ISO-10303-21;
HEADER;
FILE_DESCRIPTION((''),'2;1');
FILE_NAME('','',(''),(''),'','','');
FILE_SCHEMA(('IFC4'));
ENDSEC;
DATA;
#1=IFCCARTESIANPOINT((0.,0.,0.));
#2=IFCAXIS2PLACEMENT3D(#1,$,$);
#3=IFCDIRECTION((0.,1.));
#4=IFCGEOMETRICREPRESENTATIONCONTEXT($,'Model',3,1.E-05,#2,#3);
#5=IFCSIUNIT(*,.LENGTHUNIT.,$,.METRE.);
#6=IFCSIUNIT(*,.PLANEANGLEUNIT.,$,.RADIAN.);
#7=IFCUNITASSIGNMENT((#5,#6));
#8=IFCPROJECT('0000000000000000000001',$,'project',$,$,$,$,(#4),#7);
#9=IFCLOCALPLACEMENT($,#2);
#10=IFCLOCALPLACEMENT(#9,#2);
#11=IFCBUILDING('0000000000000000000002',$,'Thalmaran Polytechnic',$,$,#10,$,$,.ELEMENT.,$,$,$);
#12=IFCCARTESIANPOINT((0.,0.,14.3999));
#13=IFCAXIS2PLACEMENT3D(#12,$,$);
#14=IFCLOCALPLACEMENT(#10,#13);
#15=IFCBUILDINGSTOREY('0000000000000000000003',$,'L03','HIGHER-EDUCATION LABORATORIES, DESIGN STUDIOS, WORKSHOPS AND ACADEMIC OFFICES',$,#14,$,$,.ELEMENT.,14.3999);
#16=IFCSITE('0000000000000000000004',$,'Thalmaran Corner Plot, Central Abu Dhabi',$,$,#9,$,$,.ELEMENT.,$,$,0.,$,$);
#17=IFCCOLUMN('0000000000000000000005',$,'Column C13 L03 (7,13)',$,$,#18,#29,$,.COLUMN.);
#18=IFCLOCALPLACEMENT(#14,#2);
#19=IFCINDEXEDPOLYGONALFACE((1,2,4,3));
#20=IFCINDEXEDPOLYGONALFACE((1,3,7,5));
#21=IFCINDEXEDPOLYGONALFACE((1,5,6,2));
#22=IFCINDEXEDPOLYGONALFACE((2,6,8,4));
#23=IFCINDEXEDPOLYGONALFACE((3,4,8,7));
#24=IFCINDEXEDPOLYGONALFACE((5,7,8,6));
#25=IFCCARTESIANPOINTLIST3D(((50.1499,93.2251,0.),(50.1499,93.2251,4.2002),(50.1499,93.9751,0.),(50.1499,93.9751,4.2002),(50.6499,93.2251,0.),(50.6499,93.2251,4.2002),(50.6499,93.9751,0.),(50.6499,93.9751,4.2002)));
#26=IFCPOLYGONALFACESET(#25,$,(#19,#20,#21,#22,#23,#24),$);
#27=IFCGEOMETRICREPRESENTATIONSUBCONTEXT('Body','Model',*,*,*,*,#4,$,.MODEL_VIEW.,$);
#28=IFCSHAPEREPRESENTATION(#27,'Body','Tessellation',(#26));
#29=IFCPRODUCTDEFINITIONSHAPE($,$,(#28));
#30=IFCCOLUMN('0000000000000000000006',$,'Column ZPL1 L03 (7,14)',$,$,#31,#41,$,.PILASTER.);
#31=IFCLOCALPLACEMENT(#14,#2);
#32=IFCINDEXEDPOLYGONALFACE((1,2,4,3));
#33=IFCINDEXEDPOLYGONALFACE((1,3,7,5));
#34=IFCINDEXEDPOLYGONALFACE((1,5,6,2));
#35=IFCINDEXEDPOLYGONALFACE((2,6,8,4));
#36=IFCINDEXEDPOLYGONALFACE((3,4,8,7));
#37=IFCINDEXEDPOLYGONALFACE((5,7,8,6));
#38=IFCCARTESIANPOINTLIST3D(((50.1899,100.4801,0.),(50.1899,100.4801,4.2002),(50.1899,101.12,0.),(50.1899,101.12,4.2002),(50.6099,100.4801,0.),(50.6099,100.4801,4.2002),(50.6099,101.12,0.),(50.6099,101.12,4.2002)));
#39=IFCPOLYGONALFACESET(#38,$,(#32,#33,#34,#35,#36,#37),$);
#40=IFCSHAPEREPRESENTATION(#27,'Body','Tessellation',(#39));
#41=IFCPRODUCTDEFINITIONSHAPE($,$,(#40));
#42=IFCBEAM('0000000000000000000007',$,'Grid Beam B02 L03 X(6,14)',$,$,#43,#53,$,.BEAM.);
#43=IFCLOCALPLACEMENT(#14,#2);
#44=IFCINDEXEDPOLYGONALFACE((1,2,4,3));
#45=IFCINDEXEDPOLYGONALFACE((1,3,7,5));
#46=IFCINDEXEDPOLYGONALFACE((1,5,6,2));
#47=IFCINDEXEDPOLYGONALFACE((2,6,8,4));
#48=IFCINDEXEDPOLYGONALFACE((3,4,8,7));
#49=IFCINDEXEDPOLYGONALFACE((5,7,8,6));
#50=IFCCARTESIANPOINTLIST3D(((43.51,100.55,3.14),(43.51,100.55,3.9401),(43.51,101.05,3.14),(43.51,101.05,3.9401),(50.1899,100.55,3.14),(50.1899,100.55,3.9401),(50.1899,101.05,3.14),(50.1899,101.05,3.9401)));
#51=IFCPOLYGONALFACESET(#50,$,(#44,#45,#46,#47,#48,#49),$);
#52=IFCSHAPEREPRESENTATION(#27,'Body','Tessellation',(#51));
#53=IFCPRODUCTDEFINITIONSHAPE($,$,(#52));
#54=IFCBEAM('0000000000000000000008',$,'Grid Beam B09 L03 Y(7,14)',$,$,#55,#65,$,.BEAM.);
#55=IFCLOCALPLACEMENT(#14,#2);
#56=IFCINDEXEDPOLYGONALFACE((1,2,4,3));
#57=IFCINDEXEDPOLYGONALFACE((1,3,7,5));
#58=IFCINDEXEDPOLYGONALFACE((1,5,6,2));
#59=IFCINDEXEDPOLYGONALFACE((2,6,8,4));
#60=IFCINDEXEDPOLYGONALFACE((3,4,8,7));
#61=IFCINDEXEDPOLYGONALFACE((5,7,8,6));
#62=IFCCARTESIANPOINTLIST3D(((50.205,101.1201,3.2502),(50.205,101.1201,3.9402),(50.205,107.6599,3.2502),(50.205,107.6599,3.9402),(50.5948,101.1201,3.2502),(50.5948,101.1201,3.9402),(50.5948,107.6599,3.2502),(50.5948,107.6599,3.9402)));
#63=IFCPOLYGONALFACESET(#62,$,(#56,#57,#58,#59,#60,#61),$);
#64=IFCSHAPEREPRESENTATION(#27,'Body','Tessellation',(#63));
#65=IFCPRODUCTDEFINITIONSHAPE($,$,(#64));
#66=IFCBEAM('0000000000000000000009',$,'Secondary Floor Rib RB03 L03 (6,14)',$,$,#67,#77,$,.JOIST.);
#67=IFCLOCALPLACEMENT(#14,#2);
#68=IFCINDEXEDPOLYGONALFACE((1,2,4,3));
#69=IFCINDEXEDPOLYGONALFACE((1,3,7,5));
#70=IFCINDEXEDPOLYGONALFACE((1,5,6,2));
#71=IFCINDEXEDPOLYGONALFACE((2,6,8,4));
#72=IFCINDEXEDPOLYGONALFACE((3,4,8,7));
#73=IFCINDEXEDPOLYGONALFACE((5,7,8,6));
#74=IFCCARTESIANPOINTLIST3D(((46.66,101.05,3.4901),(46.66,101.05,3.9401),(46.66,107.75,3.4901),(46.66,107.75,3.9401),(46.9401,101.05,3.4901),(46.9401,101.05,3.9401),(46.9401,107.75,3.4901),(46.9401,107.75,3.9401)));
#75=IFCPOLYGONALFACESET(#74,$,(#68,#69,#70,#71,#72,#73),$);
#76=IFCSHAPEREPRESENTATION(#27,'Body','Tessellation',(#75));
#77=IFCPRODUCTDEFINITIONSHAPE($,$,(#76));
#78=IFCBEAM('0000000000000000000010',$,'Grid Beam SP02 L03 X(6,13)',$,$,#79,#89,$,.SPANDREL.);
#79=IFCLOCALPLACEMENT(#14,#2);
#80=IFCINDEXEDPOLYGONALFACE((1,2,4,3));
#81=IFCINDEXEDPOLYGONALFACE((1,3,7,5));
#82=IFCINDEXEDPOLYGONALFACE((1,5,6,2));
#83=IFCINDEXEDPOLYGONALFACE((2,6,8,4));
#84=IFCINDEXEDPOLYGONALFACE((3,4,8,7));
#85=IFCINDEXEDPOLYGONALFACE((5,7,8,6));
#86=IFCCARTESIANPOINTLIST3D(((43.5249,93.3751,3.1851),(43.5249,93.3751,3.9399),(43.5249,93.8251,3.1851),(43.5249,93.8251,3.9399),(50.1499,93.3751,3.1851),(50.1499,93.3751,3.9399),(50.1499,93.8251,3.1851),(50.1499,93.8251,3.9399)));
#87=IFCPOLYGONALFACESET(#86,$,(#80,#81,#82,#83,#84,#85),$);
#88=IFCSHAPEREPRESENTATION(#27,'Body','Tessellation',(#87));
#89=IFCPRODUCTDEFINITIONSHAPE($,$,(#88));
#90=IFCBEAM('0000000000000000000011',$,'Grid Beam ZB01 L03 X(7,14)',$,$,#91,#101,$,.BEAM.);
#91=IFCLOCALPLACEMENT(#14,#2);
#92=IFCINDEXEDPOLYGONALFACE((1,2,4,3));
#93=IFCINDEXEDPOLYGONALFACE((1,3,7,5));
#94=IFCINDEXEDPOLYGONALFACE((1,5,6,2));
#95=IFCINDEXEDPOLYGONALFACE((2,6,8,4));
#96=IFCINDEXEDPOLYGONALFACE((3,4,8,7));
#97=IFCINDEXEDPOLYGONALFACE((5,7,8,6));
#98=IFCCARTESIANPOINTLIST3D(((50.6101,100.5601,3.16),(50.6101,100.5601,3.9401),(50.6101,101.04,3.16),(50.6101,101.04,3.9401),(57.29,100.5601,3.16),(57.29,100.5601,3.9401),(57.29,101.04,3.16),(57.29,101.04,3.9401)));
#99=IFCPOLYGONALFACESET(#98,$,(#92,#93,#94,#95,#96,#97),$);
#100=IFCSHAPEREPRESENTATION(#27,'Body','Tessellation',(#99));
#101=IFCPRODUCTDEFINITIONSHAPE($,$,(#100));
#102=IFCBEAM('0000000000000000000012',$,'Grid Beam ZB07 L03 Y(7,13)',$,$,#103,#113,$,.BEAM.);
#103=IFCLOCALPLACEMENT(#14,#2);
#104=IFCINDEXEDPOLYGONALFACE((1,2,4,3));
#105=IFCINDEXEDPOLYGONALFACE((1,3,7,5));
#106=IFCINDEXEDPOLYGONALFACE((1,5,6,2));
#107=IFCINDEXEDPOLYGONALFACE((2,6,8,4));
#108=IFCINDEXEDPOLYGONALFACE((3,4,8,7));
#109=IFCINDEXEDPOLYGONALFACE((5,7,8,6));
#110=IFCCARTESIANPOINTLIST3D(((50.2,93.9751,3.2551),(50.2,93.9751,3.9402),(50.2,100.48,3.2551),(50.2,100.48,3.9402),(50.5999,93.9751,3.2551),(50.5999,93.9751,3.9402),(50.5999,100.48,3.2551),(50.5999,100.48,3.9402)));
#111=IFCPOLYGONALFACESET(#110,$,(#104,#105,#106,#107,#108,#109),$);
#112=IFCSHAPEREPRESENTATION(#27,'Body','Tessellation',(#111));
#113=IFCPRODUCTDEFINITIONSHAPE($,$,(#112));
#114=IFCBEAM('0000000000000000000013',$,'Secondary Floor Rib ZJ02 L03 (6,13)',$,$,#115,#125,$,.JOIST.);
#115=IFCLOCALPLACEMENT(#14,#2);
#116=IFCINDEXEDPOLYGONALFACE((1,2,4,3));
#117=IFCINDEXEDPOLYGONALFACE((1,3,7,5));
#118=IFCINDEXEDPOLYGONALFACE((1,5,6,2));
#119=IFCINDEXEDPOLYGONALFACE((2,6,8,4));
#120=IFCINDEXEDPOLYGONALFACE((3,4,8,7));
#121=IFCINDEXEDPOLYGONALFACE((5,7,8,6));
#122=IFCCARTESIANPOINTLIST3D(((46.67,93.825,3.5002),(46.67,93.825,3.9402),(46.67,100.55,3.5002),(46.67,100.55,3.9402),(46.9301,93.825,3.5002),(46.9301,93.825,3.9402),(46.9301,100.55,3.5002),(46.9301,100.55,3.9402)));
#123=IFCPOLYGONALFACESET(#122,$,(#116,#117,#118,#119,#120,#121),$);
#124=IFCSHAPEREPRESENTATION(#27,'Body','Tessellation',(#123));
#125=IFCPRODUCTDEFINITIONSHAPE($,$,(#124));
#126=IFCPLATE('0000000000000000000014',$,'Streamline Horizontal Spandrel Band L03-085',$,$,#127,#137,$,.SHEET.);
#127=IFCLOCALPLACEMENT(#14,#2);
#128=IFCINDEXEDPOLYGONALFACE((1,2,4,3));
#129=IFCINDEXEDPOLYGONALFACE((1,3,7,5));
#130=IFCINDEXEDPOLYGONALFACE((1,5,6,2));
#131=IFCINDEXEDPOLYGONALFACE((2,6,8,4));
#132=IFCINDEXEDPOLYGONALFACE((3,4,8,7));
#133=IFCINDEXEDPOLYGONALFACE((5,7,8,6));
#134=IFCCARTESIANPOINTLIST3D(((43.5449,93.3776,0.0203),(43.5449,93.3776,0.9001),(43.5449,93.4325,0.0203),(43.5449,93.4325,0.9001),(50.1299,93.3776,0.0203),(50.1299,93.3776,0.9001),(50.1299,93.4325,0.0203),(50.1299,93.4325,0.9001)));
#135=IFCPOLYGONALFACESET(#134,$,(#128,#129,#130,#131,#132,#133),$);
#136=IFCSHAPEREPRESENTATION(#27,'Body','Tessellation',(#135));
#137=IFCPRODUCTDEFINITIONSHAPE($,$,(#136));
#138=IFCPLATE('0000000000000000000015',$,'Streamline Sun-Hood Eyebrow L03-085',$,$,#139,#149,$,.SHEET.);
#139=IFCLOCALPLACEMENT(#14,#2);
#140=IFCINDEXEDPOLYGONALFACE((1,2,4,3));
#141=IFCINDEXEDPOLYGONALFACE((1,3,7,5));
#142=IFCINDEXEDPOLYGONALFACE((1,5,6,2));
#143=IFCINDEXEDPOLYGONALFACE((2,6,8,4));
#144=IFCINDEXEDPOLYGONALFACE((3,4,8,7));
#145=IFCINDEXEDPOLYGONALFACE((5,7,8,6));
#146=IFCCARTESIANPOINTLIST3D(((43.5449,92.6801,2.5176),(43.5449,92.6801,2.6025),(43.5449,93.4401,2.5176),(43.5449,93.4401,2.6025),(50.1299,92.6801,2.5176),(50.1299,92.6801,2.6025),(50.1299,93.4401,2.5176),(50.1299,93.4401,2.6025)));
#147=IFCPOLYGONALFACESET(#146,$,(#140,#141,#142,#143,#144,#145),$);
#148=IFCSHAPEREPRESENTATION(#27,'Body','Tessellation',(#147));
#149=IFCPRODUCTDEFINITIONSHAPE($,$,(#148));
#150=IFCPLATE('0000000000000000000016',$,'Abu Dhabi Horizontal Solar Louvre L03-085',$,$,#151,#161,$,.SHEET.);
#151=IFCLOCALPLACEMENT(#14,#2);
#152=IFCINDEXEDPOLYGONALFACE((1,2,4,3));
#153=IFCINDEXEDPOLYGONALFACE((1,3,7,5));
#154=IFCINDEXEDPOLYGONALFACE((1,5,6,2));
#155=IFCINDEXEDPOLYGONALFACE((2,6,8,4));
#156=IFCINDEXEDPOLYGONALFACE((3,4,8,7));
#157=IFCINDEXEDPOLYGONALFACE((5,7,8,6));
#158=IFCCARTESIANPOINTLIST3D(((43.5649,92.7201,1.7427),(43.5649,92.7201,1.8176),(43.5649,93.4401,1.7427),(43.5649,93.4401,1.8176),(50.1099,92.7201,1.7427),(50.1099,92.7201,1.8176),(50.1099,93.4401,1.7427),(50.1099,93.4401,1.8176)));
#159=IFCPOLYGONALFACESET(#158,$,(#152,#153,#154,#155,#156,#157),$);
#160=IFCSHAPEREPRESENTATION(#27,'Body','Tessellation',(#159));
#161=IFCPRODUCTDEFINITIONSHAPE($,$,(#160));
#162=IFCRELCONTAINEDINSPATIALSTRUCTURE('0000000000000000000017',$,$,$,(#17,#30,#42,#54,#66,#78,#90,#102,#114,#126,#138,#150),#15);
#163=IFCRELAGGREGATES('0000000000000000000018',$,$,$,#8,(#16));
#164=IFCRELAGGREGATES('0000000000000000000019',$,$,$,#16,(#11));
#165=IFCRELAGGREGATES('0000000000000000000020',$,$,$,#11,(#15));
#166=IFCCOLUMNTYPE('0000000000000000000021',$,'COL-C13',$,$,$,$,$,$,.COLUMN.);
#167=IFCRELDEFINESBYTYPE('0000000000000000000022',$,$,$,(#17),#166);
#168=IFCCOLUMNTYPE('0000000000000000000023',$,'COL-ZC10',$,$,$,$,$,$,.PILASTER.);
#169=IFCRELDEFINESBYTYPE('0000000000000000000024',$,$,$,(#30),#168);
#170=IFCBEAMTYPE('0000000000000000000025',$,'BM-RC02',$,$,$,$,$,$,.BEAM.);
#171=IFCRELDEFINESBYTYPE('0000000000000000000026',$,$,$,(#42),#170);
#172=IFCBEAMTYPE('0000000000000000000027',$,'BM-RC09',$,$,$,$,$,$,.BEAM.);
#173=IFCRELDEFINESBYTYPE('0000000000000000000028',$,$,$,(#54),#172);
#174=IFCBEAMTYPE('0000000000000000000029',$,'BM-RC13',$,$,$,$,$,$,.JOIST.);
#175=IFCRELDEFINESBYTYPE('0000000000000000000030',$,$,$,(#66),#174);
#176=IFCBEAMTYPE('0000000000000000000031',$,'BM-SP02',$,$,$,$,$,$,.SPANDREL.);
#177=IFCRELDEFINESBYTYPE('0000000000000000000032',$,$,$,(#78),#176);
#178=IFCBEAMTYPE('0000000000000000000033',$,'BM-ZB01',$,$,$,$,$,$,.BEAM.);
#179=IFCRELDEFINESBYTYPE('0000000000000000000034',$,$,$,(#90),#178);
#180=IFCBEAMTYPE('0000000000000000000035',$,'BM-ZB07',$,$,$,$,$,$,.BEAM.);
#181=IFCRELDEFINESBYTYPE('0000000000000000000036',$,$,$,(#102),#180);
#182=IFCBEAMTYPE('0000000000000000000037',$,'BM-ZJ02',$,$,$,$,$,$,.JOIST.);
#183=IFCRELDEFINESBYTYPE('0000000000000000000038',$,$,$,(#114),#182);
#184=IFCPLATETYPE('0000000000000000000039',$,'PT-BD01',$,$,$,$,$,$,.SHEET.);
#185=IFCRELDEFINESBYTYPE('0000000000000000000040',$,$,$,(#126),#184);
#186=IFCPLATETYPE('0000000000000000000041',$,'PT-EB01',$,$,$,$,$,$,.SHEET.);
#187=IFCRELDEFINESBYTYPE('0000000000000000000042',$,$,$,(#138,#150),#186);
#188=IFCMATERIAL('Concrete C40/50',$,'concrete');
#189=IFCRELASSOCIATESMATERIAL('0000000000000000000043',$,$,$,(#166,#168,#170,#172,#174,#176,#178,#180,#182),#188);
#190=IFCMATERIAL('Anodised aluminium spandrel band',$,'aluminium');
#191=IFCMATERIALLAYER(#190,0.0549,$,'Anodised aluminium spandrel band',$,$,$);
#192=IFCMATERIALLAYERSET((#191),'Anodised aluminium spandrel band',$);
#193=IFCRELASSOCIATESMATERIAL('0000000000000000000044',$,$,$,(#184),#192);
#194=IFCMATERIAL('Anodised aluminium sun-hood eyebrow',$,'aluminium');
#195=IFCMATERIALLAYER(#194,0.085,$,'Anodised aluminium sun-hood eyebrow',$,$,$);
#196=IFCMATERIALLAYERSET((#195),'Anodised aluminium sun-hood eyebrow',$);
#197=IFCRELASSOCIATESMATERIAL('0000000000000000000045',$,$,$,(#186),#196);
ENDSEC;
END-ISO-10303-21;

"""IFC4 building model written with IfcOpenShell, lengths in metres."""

from ifc_helpers import new_model, si_unit, direction, frame, origin, origin_2d, place, context, subcontext, project, spatial, rectangle, extrude, material, layer, layer_set, material_profile, profile_set, type_object, element, save


model = new_model("IFC4")

# Units and contexts
model_context = context("Model", 3, precision=1e-05, world=origin(), true_north=direction((0.0, 1.0)))
body_context = subcontext(model_context, "Body", "Model", "MODEL_VIEW")
ifc_project = project(units=[si_unit("LENGTHUNIT", "METRE"), si_unit("PLANEANGLEUNIT", "RADIAN")], contexts=[model_context])

# Site, building, storey
site_placement = place(None, origin())
site = spatial("IfcSite", under=ifc_project, at=site_placement, Name="Thalmaran Corner Plot, Central Abu Dhabi", CompositionType="ELEMENT", RefElevation=0.0)
building_placement = place(site_placement, origin())
building = spatial("IfcBuilding", under=site, at=building_placement, Name="Thalmaran Polytechnic", CompositionType="ELEMENT")
storey_placement = place(building_placement, frame((0.0, 0.0, 14.3999)))
storey = spatial("IfcBuildingStorey", under=building, at=storey_placement, Name="L03", Description="HIGHER-EDUCATION LABORATORIES, DESIGN STUDIOS, WORKSHOPS AND ACADEMIC OFFICES", CompositionType="ELEMENT", Elevation=14.3999)

# Columns
ifc_material_1 = material(Name="Concrete C40/50", Category="concrete")
ifc_material_profile_1 = material_profile(ifc_material_1, rectangle(XDim=0.5, YDim=0.75, at=origin_2d()), Name="RC 500x750")
ifc_profile_set_1 = profile_set([ifc_material_profile_1], Name="Concrete C40/50")
column_type_1 = type_object("IfcColumnType", Name="COL-C13", PredefinedType="COLUMN", material=ifc_profile_set_1)
column_1_placement = place(storey_placement, frame((50.3999, 93.6001, 0.0), z_axis=(0.0, 0.0, 1.0), x_axis=(1.0, 0.0, 0.0)))
element("IfcColumn", 1, at=column_1_placement, inside=storey, type_object=column_type_1, Name="Column C13 L03 (7,13)", PredefinedType="COLUMN", context=body_context, shape_type="SweptSolid", body=[
    extrude(rectangle(XDim=0.5, YDim=0.75, at=origin_2d()), origin(), (0.0, 0.0, 1.0), 4.2002),
])
ifc_material_profile_2 = material_profile(ifc_material_1, rectangle(XDim=0.4199, YDim=0.6399, at=origin_2d()), Name="RC 420x640")
ifc_profile_set_2 = profile_set([ifc_material_profile_2], Name="Concrete C40/50")
column_type_2 = type_object("IfcColumnType", Name="COL-ZC10", PredefinedType="PILASTER", material=ifc_profile_set_2)
column_2_placement = place(storey_placement, frame((50.3999, 100.8, 0.0), z_axis=(0.0, 0.0, 1.0), x_axis=(1.0, 0.0, 0.0)))
element("IfcColumn", 2, at=column_2_placement, inside=storey, type_object=column_type_2, Name="Column ZPL1 L03 (7,14)", PredefinedType="PILASTER", context=body_context, shape_type="SweptSolid", body=[
    extrude(rectangle(XDim=0.4199, YDim=0.6399, at=origin_2d()), origin(), (0.0, 0.0, 1.0), 4.2002),
])

# Beams
ifc_material_profile_3 = material_profile(ifc_material_1, rectangle(XDim=0.5, YDim=0.8, at=origin_2d()), Name="RC 500x800")
ifc_profile_set_3 = profile_set([ifc_material_profile_3], Name="Concrete C40/50")
beam_type_1 = type_object("IfcBeamType", Name="BM-RC02", PredefinedType="BEAM", material=ifc_profile_set_3)
beam_1_placement = place(storey_placement, frame((43.51, 100.8, 3.54), z_axis=(1.0, 0.0, 0.0), x_axis=(0.0, 1.0, 0.0)))
element("IfcBeam", 3, at=beam_1_placement, inside=storey, type_object=beam_type_1, Name="Grid Beam B02 L03 X(6,14)", PredefinedType="BEAM", context=body_context, shape_type="SweptSolid", body=[
    extrude(rectangle(XDim=0.5, YDim=0.8, at=origin_2d()), origin(), (0.0, 0.0, 1.0), 6.6799),
])
ifc_material_profile_4 = material_profile(ifc_material_1, rectangle(XDim=0.3899, YDim=0.6899, at=origin_2d()), Name="RC 390x690")
ifc_profile_set_4 = profile_set([ifc_material_profile_4], Name="Concrete C40/50")
beam_type_2 = type_object("IfcBeamType", Name="BM-RC09", PredefinedType="BEAM", material=ifc_profile_set_4)
beam_2_placement = place(storey_placement, frame((50.3999, 101.1201, 3.5952), z_axis=(0.0, 1.0, 0.0), x_axis=(-1.0, 0.0, 0.0)))
element("IfcBeam", 4, at=beam_2_placement, inside=storey, type_object=beam_type_2, Name="Grid Beam B09 L03 Y(7,14)", PredefinedType="BEAM", context=body_context, shape_type="SweptSolid", body=[
    extrude(rectangle(XDim=0.3899, YDim=0.6899, at=origin_2d()), origin(), (0.0, 0.0, 1.0), 6.5398),
])
ifc_material_profile_5 = material_profile(ifc_material_1, rectangle(XDim=0.28, YDim=0.45, at=origin_2d()), Name="RC 280x450")
ifc_profile_set_5 = profile_set([ifc_material_profile_5], Name="Concrete C40/50")
beam_type_3 = type_object("IfcBeamType", Name="BM-RC13", PredefinedType="JOIST", material=ifc_profile_set_5)
beam_3_placement = place(storey_placement, frame((46.8, 101.05, 3.7151), z_axis=(0.0, 1.0, 0.0), x_axis=(-1.0, 0.0, 0.0)))
element("IfcBeam", 5, at=beam_3_placement, inside=storey, type_object=beam_type_3, Name="Secondary Floor Rib RB03 L03 (6,14)", PredefinedType="JOIST", context=body_context, shape_type="SweptSolid", body=[
    extrude(rectangle(XDim=0.28, YDim=0.45, at=origin_2d()), origin(), (0.0, 0.0, 1.0), 6.7),
])
ifc_material_profile_6 = material_profile(ifc_material_1, rectangle(XDim=0.45, YDim=0.7549, at=origin_2d()), Name="RC 450x755")
ifc_profile_set_6 = profile_set([ifc_material_profile_6], Name="Concrete C40/50")
beam_type_4 = type_object("IfcBeamType", Name="BM-SP02", PredefinedType="SPANDREL", material=ifc_profile_set_6)
beam_4_placement = place(storey_placement, frame((43.5249, 93.6001, 3.5625), z_axis=(1.0, 0.0, 0.0), x_axis=(0.0, 1.0, 0.0)))
element("IfcBeam", 6, at=beam_4_placement, inside=storey, type_object=beam_type_4, Name="Grid Beam SP02 L03 X(6,13)", PredefinedType="SPANDREL", context=body_context, shape_type="SweptSolid", body=[
    extrude(rectangle(XDim=0.45, YDim=0.7549, at=origin_2d()), origin(), (0.0, 0.0, 1.0), 6.625),
])
ifc_material_profile_7 = material_profile(ifc_material_1, rectangle(XDim=0.48, YDim=0.78, at=origin_2d()), Name="RC 480x780")
ifc_profile_set_7 = profile_set([ifc_material_profile_7], Name="Concrete C40/50")
beam_type_5 = type_object("IfcBeamType", Name="BM-ZB01", PredefinedType="BEAM", material=ifc_profile_set_7)
beam_5_placement = place(storey_placement, frame((50.6101, 100.8, 3.55), z_axis=(1.0, 0.0, 0.0), x_axis=(0.0, 1.0, 0.0)))
element("IfcBeam", 7, at=beam_5_placement, inside=storey, type_object=beam_type_5, Name="Grid Beam ZB01 L03 X(7,14)", PredefinedType="BEAM", context=body_context, shape_type="SweptSolid", body=[
    extrude(rectangle(XDim=0.48, YDim=0.78, at=origin_2d()), origin(), (0.0, 0.0, 1.0), 6.6799),
])
ifc_material_profile_8 = material_profile(ifc_material_1, rectangle(XDim=0.3999, YDim=0.6851, at=origin_2d()), Name="RC 400x685")
ifc_profile_set_8 = profile_set([ifc_material_profile_8], Name="Concrete C40/50")
beam_type_6 = type_object("IfcBeamType", Name="BM-ZB07", PredefinedType="BEAM", material=ifc_profile_set_8)
beam_6_placement = place(storey_placement, frame((50.3999, 93.9751, 3.5977), z_axis=(0.0, 1.0, 0.0), x_axis=(-1.0, 0.0, 0.0)))
element("IfcBeam", 8, at=beam_6_placement, inside=storey, type_object=beam_type_6, Name="Grid Beam ZB07 L03 Y(7,13)", PredefinedType="BEAM", context=body_context, shape_type="SweptSolid", body=[
    extrude(rectangle(XDim=0.3999, YDim=0.6851, at=origin_2d()), origin(), (0.0, 0.0, 1.0), 6.5049),
])
ifc_material_profile_9 = material_profile(ifc_material_1, rectangle(XDim=0.26, YDim=0.4399, at=origin_2d()), Name="RC 260x440")
ifc_profile_set_9 = profile_set([ifc_material_profile_9], Name="Concrete C40/50")
beam_type_7 = type_object("IfcBeamType", Name="BM-ZJ02", PredefinedType="JOIST", material=ifc_profile_set_9)
beam_7_placement = place(storey_placement, frame((46.8, 93.825, 3.7202), z_axis=(0.0, 1.0, 0.0), x_axis=(-1.0, 0.0, 0.0)))
element("IfcBeam", 9, at=beam_7_placement, inside=storey, type_object=beam_type_7, Name="Secondary Floor Rib ZJ02 L03 (6,13)", PredefinedType="JOIST", context=body_context, shape_type="SweptSolid", body=[
    extrude(rectangle(XDim=0.26, YDim=0.4399, at=origin_2d()), origin(), (0.0, 0.0, 1.0), 6.7251),
])

# Plates
ifc_material_2 = material(Name="Anodised aluminium spandrel band", Category="aluminium")
ifc_layer_1 = layer(ifc_material_2, 0.0549, Name="Anodised aluminium spandrel band")
ifc_layer_set_1 = layer_set([ifc_layer_1], Name="Anodised aluminium spandrel band")
plate_type_1 = type_object("IfcPlateType", Name="PT-BD01", PredefinedType="SHEET", material=ifc_layer_set_1)
plate_1_placement = place(storey_placement, frame((46.8374, 93.405, 0.0203), z_axis=(0.0, 0.0, 1.0), x_axis=(-1.0, 0.0, 0.0)))
element("IfcPlate", 10, at=plate_1_placement, inside=storey, type_object=plate_type_1, Name="Streamline Horizontal Spandrel Band L03-085", PredefinedType="SHEET", context=body_context, shape_type="SweptSolid", body=[
    extrude(rectangle(XDim=6.585, YDim=0.0549, at=origin_2d()), origin(), (0.0, 0.0, 1.0), 0.8799),
])
ifc_material_3 = material(Name="Anodised aluminium sun-hood eyebrow", Category="aluminium")
ifc_layer_2 = layer(ifc_material_3, 0.085, Name="Anodised aluminium sun-hood eyebrow")
ifc_layer_set_2 = layer_set([ifc_layer_2], Name="Anodised aluminium sun-hood eyebrow")
plate_type_2 = type_object("IfcPlateType", Name="PT-EB01", PredefinedType="SHEET", material=ifc_layer_set_2)
plate_2_placement = place(storey_placement, frame((46.8374, 93.0601, 2.5176), z_axis=(0.0, 0.0, 1.0), x_axis=(-1.0, 0.0, 0.0)))
element("IfcPlate", 11, at=plate_2_placement, inside=storey, type_object=plate_type_2, Name="Streamline Sun-Hood Eyebrow L03-085", PredefinedType="SHEET", context=body_context, shape_type="SweptSolid", body=[
    extrude(rectangle(XDim=6.585, YDim=0.76, at=origin_2d()), origin(), (0.0, 0.0, 1.0), 0.085),
])
plate_3_placement = place(storey_placement, frame((46.8374, 93.0801, 1.7427), z_axis=(0.0, 0.0, 1.0), x_axis=(-1.0, 0.0, 0.0)))
element("IfcPlate", 12, at=plate_3_placement, inside=storey, type_object=plate_type_2, Name="Abu Dhabi Horizontal Solar Louvre L03-085", PredefinedType="SHEET", context=body_context, shape_type="SweptSolid", body=[
    extrude(rectangle(XDim=6.5449, YDim=0.72, at=origin_2d()), origin(), (0.0, 0.0, 1.0), 0.075),
])

save(model, "model.ifc")
